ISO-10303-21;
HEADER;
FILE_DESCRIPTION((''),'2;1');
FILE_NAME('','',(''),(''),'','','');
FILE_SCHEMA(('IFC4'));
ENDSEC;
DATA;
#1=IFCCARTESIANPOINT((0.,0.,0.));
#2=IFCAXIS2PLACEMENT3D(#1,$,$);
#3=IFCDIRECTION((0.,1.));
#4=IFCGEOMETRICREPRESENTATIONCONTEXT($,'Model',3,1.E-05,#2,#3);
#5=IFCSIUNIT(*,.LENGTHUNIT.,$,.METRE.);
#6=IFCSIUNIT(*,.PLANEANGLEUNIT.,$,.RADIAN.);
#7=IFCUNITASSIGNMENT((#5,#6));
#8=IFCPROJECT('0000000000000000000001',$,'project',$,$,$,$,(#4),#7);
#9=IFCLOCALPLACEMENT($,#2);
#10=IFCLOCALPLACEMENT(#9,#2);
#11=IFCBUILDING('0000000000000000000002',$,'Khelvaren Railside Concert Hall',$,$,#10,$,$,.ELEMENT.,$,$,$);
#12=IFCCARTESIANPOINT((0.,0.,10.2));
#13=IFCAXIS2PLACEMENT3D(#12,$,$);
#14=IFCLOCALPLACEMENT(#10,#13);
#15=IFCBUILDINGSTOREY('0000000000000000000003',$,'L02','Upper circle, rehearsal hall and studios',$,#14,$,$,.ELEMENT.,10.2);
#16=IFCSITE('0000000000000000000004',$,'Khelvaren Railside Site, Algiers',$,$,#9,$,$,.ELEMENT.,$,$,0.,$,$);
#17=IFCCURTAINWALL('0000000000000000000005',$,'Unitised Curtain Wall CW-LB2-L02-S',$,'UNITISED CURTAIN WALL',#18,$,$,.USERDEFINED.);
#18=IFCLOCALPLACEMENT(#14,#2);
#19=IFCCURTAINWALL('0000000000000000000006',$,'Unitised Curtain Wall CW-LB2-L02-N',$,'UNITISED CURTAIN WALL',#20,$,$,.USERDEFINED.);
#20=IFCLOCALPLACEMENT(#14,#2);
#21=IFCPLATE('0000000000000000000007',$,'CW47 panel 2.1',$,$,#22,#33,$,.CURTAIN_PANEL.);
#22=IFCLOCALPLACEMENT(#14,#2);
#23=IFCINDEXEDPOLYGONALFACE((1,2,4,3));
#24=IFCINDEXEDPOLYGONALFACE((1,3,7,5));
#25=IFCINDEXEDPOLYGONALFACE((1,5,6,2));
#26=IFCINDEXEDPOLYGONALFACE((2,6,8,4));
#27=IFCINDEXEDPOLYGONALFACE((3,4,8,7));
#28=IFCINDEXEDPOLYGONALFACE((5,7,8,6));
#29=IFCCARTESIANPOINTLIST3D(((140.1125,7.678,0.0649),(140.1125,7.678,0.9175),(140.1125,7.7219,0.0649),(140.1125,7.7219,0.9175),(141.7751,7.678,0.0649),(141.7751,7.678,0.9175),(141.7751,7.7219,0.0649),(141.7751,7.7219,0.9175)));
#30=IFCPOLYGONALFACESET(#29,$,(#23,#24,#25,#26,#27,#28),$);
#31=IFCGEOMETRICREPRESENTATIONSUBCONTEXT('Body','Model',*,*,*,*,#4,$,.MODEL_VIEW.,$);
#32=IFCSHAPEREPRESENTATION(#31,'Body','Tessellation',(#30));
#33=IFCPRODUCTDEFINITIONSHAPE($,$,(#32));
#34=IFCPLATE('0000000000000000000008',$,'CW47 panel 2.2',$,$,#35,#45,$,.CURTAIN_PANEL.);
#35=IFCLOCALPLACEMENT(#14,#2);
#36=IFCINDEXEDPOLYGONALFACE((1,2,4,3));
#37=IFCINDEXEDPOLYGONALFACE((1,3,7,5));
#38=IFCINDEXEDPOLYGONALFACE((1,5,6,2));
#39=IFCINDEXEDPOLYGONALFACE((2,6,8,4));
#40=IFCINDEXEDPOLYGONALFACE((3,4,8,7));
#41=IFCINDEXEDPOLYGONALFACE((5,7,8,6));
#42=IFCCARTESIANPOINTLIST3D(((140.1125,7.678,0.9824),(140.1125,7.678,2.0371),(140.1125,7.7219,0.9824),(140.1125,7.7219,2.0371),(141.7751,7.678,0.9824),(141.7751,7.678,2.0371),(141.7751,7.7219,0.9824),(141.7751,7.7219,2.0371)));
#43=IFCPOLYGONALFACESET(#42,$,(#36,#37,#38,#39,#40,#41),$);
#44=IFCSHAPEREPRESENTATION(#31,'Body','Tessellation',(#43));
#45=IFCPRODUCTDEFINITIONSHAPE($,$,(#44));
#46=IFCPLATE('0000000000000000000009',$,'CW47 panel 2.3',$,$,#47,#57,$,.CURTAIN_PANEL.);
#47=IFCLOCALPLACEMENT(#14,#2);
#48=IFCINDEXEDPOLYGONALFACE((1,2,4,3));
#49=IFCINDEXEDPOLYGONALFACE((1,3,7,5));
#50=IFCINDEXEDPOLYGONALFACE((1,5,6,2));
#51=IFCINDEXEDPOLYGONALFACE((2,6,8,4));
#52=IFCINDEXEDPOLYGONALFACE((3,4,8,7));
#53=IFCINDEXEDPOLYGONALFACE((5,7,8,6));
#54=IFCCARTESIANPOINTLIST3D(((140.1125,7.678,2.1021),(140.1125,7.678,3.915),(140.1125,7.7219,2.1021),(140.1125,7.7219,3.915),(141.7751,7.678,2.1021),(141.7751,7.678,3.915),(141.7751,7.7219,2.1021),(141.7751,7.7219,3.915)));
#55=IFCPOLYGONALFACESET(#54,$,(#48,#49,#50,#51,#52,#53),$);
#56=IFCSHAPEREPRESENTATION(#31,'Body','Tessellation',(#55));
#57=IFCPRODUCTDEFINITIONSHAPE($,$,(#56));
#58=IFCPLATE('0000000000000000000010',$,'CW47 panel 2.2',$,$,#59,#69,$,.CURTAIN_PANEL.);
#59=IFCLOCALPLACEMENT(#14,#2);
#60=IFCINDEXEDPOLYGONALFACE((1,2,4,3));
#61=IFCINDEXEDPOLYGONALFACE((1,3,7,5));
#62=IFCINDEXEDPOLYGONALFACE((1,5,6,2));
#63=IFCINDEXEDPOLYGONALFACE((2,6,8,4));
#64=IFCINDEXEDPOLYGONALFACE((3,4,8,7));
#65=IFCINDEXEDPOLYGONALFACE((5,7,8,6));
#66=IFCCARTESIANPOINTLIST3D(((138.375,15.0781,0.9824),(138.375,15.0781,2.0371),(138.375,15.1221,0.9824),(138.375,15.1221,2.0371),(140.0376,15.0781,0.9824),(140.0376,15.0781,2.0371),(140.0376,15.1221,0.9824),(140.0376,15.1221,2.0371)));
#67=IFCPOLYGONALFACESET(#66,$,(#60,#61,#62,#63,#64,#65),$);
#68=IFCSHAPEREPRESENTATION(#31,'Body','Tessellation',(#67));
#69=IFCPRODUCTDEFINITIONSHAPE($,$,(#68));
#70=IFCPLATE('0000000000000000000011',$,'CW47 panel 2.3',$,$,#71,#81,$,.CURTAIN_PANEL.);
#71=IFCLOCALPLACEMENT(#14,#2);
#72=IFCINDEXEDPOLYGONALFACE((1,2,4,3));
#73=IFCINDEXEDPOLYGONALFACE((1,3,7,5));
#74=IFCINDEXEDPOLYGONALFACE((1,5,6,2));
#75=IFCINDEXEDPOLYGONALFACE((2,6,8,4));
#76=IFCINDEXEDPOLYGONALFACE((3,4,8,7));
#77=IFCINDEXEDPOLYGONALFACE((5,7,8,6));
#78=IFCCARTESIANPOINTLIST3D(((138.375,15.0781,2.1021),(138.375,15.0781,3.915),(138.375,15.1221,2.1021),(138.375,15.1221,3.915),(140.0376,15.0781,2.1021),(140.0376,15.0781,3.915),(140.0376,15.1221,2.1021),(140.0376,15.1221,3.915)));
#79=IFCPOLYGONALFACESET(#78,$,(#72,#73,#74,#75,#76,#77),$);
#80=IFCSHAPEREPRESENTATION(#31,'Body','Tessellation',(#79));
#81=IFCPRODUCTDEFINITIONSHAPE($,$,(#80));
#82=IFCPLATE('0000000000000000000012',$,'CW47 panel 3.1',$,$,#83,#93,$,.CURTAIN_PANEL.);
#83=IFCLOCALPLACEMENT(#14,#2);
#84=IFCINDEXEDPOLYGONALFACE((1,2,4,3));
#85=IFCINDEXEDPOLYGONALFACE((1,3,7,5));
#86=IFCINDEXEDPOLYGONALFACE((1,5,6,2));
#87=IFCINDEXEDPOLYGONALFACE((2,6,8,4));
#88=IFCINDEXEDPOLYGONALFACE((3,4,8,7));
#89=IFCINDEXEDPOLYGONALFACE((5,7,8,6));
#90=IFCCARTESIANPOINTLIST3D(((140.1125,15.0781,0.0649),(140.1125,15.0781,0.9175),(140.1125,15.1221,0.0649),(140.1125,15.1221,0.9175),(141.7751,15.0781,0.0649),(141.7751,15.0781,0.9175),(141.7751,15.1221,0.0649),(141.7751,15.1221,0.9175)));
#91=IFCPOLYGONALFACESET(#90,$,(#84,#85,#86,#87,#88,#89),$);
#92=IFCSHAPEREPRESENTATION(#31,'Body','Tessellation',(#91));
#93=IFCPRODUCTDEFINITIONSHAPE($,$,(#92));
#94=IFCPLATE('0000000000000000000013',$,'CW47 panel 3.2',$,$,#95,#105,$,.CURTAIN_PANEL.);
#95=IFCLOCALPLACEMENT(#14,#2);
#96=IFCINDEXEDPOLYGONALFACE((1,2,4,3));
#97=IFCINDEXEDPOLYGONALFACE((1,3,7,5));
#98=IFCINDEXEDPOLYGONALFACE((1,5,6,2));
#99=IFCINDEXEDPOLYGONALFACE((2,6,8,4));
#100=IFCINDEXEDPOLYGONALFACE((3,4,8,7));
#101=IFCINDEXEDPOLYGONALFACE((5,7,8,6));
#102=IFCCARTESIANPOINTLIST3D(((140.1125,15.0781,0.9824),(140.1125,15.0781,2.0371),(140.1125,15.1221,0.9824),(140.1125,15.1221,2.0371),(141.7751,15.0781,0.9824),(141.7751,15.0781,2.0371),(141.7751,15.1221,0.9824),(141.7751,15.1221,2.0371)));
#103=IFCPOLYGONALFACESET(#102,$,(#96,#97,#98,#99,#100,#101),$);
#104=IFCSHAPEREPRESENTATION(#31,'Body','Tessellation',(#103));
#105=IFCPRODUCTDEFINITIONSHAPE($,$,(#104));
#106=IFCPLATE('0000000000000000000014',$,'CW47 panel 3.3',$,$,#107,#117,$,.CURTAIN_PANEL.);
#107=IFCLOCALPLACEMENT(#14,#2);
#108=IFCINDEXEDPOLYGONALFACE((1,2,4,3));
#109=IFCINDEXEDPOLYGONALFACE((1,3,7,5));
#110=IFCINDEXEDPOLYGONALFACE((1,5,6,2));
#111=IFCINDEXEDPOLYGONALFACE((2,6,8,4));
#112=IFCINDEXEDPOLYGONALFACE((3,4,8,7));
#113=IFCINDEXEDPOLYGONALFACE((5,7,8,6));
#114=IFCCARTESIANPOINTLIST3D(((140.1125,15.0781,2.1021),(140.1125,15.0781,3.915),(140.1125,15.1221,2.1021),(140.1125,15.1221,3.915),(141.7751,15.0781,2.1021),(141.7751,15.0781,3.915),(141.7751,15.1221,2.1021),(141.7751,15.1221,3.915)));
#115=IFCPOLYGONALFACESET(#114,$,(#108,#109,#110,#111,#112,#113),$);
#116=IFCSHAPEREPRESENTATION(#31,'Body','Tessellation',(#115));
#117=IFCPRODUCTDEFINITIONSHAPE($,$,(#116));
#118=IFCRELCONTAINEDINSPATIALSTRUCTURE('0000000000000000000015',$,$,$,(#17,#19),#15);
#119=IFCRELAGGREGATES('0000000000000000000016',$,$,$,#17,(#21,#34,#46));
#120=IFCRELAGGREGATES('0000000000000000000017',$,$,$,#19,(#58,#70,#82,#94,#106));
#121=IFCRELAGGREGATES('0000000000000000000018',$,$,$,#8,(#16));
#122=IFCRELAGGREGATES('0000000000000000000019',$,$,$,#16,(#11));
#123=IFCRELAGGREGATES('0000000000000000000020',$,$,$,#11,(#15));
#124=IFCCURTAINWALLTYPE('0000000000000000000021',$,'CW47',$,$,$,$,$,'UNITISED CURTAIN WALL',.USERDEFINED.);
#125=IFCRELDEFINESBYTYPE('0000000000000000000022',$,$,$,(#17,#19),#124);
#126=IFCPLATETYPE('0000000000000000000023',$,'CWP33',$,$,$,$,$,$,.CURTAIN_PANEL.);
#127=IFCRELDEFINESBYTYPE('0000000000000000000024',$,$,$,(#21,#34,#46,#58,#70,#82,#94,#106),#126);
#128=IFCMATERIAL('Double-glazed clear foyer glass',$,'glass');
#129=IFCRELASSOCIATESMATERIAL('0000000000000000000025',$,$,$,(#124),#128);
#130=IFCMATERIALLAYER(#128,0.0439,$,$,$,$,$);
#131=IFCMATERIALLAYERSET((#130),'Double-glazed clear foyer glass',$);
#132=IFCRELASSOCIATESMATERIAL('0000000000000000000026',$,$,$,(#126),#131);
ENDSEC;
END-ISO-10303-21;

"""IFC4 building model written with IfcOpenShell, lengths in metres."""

from ifc_helpers import new_model, si_unit, direction, frame, origin, origin_2d, place, context, subcontext, project, spatial, rectangle, extrude, material, layer, layer_set, type_object, element, aggregate, save


model = new_model("IFC4")

# Units and contexts
model_context = context("Model", 3, precision=1e-05, world=origin(), true_north=direction((0.0, 1.0)))
body_context = subcontext(model_context, "Body", "Model", "MODEL_VIEW")
ifc_project = project(units=[si_unit("LENGTHUNIT", "METRE"), si_unit("PLANEANGLEUNIT", "RADIAN")], contexts=[model_context])

# Site, building, storey
site_placement = place(None, origin())
site = spatial("IfcSite", under=ifc_project, at=site_placement, Name="Khelvaren Railside Site, Algiers", CompositionType="ELEMENT", RefElevation=0.0)
building_placement = place(site_placement, origin())
building = spatial("IfcBuilding", under=site, at=building_placement, Name="Khelvaren Railside Concert Hall", CompositionType="ELEMENT")
storey_placement = place(building_placement, frame((0.0, 0.0, 10.2)))
storey = spatial("IfcBuildingStorey", under=building, at=storey_placement, Name="L02", Description="Upper circle, rehearsal hall and studios", CompositionType="ELEMENT", Elevation=10.2)

# Curtain walls
ifc_material_1 = material(Name="Double-glazed clear foyer glass", Category="glass")
curtain_wall_type = type_object("IfcCurtainWallType", Name="CW47", ElementType="UNITISED CURTAIN WALL", PredefinedType="USERDEFINED", material=ifc_material_1)
curtain_wall_1_placement = place(storey_placement, origin())
curtain_wall_1 = element("IfcCurtainWall", 1, at=curtain_wall_1_placement, inside=storey, type_object=curtain_wall_type, Name="Unitised Curtain Wall CW-LB2-L02-S", ObjectType="UNITISED CURTAIN WALL", PredefinedType="USERDEFINED")
curtain_wall_2_placement = place(storey_placement, origin())
curtain_wall_2 = element("IfcCurtainWall", 2, at=curtain_wall_2_placement, inside=storey, type_object=curtain_wall_type, Name="Unitised Curtain Wall CW-LB2-L02-N", ObjectType="UNITISED CURTAIN WALL", PredefinedType="USERDEFINED")

# Plates
ifc_layer = layer(ifc_material_1, 0.0439)
ifc_layer_set = layer_set([ifc_layer], Name="Double-glazed clear foyer glass")
plate_type = type_object("IfcPlateType", Name="CWP33", PredefinedType="CURTAIN_PANEL", material=ifc_layer_set)
plate_1_placement = place(storey_placement, frame((140.9438, 7.7, 0.0649), z_axis=(0.0, 0.0, 1.0), x_axis=(-1.0, 0.0, 0.0)))
plate_1 = element("IfcPlate", 3, at=plate_1_placement, type_object=plate_type, Name="CW47 panel 2.1", PredefinedType="CURTAIN_PANEL", context=body_context, shape_type="SweptSolid", body=[
    extrude(rectangle(XDim=1.6626, YDim=0.0439, at=origin_2d()), origin(), (0.0, 0.0, 1.0), 0.8525),
])
plate_2_placement = place(storey_placement, frame((140.9438, 7.7, 0.9824), z_axis=(0.0, 0.0, 1.0), x_axis=(-1.0, 0.0, 0.0)))
plate_2 = element("IfcPlate", 4, at=plate_2_placement, type_object=plate_type, Name="CW47 panel 2.2", PredefinedType="CURTAIN_PANEL", context=body_context, shape_type="SweptSolid", body=[
    extrude(rectangle(XDim=1.6626, YDim=0.0439, at=origin_2d()), origin(), (0.0, 0.0, 1.0), 1.0547),
])
plate_3_placement = place(storey_placement, frame((140.9438, 7.7, 2.1021), z_axis=(0.0, 0.0, 1.0), x_axis=(-1.0, 0.0, 0.0)))
plate_3 = element("IfcPlate", 5, at=plate_3_placement, type_object=plate_type, Name="CW47 panel 2.3", PredefinedType="CURTAIN_PANEL", context=body_context, shape_type="SweptSolid", body=[
    extrude(rectangle(XDim=1.6626, YDim=0.0439, at=origin_2d()), origin(), (0.0, 0.0, 1.0), 1.813),
])
aggregate(curtain_wall_1, [plate_1, plate_2, plate_3])
plate_4_placement = place(storey_placement, frame((139.2063, 15.1001, 0.9824), z_axis=(0.0, 0.0, 1.0), x_axis=(1.0, 0.0, 0.0)))
plate_4 = element("IfcPlate", 6, at=plate_4_placement, type_object=plate_type, Name="CW47 panel 2.2", PredefinedType="CURTAIN_PANEL", context=body_context, shape_type="SweptSolid", body=[
    extrude(rectangle(XDim=1.6626, YDim=0.0439, at=origin_2d()), origin(), (0.0, 0.0, 1.0), 1.0547),
])
plate_5_placement = place(storey_placement, frame((139.2063, 15.1001, 2.1021), z_axis=(0.0, 0.0, 1.0), x_axis=(1.0, 0.0, 0.0)))
plate_5 = element("IfcPlate", 7, at=plate_5_placement, type_object=plate_type, Name="CW47 panel 2.3", PredefinedType="CURTAIN_PANEL", context=body_context, shape_type="SweptSolid", body=[
    extrude(rectangle(XDim=1.6626, YDim=0.0439, at=origin_2d()), origin(), (0.0, 0.0, 1.0), 1.813),
])
plate_6_placement = place(storey_placement, frame((140.9438, 15.1001, 0.0649), z_axis=(0.0, 0.0, 1.0), x_axis=(1.0, 0.0, 0.0)))
plate_6 = element("IfcPlate", 8, at=plate_6_placement, type_object=plate_type, Name="CW47 panel 3.1", PredefinedType="CURTAIN_PANEL", context=body_context, shape_type="SweptSolid", body=[
    extrude(rectangle(XDim=1.6626, YDim=0.0439, at=origin_2d()), origin(), (0.0, 0.0, 1.0), 0.8525),
])
plate_7_placement = place(storey_placement, frame((140.9438, 15.1001, 0.9824), z_axis=(0.0, 0.0, 1.0), x_axis=(1.0, 0.0, 0.0)))
plate_7 = element("IfcPlate", 9, at=plate_7_placement, type_object=plate_type, Name="CW47 panel 3.2", PredefinedType="CURTAIN_PANEL", context=body_context, shape_type="SweptSolid", body=[
    extrude(rectangle(XDim=1.6626, YDim=0.0439, at=origin_2d()), origin(), (0.0, 0.0, 1.0), 1.0547),
])
plate_8_placement = place(storey_placement, frame((140.9438, 15.1001, 2.1021), z_axis=(0.0, 0.0, 1.0), x_axis=(1.0, 0.0, 0.0)))
plate_8 = element("IfcPlate", 10, at=plate_8_placement, type_object=plate_type, Name="CW47 panel 3.3", PredefinedType="CURTAIN_PANEL", context=body_context, shape_type="SweptSolid", body=[
    extrude(rectangle(XDim=1.6626, YDim=0.0439, at=origin_2d()), origin(), (0.0, 0.0, 1.0), 1.813),
])
aggregate(curtain_wall_2, [plate_4, plate_5, plate_6, plate_7, plate_8])

save(model, "model.ifc")
